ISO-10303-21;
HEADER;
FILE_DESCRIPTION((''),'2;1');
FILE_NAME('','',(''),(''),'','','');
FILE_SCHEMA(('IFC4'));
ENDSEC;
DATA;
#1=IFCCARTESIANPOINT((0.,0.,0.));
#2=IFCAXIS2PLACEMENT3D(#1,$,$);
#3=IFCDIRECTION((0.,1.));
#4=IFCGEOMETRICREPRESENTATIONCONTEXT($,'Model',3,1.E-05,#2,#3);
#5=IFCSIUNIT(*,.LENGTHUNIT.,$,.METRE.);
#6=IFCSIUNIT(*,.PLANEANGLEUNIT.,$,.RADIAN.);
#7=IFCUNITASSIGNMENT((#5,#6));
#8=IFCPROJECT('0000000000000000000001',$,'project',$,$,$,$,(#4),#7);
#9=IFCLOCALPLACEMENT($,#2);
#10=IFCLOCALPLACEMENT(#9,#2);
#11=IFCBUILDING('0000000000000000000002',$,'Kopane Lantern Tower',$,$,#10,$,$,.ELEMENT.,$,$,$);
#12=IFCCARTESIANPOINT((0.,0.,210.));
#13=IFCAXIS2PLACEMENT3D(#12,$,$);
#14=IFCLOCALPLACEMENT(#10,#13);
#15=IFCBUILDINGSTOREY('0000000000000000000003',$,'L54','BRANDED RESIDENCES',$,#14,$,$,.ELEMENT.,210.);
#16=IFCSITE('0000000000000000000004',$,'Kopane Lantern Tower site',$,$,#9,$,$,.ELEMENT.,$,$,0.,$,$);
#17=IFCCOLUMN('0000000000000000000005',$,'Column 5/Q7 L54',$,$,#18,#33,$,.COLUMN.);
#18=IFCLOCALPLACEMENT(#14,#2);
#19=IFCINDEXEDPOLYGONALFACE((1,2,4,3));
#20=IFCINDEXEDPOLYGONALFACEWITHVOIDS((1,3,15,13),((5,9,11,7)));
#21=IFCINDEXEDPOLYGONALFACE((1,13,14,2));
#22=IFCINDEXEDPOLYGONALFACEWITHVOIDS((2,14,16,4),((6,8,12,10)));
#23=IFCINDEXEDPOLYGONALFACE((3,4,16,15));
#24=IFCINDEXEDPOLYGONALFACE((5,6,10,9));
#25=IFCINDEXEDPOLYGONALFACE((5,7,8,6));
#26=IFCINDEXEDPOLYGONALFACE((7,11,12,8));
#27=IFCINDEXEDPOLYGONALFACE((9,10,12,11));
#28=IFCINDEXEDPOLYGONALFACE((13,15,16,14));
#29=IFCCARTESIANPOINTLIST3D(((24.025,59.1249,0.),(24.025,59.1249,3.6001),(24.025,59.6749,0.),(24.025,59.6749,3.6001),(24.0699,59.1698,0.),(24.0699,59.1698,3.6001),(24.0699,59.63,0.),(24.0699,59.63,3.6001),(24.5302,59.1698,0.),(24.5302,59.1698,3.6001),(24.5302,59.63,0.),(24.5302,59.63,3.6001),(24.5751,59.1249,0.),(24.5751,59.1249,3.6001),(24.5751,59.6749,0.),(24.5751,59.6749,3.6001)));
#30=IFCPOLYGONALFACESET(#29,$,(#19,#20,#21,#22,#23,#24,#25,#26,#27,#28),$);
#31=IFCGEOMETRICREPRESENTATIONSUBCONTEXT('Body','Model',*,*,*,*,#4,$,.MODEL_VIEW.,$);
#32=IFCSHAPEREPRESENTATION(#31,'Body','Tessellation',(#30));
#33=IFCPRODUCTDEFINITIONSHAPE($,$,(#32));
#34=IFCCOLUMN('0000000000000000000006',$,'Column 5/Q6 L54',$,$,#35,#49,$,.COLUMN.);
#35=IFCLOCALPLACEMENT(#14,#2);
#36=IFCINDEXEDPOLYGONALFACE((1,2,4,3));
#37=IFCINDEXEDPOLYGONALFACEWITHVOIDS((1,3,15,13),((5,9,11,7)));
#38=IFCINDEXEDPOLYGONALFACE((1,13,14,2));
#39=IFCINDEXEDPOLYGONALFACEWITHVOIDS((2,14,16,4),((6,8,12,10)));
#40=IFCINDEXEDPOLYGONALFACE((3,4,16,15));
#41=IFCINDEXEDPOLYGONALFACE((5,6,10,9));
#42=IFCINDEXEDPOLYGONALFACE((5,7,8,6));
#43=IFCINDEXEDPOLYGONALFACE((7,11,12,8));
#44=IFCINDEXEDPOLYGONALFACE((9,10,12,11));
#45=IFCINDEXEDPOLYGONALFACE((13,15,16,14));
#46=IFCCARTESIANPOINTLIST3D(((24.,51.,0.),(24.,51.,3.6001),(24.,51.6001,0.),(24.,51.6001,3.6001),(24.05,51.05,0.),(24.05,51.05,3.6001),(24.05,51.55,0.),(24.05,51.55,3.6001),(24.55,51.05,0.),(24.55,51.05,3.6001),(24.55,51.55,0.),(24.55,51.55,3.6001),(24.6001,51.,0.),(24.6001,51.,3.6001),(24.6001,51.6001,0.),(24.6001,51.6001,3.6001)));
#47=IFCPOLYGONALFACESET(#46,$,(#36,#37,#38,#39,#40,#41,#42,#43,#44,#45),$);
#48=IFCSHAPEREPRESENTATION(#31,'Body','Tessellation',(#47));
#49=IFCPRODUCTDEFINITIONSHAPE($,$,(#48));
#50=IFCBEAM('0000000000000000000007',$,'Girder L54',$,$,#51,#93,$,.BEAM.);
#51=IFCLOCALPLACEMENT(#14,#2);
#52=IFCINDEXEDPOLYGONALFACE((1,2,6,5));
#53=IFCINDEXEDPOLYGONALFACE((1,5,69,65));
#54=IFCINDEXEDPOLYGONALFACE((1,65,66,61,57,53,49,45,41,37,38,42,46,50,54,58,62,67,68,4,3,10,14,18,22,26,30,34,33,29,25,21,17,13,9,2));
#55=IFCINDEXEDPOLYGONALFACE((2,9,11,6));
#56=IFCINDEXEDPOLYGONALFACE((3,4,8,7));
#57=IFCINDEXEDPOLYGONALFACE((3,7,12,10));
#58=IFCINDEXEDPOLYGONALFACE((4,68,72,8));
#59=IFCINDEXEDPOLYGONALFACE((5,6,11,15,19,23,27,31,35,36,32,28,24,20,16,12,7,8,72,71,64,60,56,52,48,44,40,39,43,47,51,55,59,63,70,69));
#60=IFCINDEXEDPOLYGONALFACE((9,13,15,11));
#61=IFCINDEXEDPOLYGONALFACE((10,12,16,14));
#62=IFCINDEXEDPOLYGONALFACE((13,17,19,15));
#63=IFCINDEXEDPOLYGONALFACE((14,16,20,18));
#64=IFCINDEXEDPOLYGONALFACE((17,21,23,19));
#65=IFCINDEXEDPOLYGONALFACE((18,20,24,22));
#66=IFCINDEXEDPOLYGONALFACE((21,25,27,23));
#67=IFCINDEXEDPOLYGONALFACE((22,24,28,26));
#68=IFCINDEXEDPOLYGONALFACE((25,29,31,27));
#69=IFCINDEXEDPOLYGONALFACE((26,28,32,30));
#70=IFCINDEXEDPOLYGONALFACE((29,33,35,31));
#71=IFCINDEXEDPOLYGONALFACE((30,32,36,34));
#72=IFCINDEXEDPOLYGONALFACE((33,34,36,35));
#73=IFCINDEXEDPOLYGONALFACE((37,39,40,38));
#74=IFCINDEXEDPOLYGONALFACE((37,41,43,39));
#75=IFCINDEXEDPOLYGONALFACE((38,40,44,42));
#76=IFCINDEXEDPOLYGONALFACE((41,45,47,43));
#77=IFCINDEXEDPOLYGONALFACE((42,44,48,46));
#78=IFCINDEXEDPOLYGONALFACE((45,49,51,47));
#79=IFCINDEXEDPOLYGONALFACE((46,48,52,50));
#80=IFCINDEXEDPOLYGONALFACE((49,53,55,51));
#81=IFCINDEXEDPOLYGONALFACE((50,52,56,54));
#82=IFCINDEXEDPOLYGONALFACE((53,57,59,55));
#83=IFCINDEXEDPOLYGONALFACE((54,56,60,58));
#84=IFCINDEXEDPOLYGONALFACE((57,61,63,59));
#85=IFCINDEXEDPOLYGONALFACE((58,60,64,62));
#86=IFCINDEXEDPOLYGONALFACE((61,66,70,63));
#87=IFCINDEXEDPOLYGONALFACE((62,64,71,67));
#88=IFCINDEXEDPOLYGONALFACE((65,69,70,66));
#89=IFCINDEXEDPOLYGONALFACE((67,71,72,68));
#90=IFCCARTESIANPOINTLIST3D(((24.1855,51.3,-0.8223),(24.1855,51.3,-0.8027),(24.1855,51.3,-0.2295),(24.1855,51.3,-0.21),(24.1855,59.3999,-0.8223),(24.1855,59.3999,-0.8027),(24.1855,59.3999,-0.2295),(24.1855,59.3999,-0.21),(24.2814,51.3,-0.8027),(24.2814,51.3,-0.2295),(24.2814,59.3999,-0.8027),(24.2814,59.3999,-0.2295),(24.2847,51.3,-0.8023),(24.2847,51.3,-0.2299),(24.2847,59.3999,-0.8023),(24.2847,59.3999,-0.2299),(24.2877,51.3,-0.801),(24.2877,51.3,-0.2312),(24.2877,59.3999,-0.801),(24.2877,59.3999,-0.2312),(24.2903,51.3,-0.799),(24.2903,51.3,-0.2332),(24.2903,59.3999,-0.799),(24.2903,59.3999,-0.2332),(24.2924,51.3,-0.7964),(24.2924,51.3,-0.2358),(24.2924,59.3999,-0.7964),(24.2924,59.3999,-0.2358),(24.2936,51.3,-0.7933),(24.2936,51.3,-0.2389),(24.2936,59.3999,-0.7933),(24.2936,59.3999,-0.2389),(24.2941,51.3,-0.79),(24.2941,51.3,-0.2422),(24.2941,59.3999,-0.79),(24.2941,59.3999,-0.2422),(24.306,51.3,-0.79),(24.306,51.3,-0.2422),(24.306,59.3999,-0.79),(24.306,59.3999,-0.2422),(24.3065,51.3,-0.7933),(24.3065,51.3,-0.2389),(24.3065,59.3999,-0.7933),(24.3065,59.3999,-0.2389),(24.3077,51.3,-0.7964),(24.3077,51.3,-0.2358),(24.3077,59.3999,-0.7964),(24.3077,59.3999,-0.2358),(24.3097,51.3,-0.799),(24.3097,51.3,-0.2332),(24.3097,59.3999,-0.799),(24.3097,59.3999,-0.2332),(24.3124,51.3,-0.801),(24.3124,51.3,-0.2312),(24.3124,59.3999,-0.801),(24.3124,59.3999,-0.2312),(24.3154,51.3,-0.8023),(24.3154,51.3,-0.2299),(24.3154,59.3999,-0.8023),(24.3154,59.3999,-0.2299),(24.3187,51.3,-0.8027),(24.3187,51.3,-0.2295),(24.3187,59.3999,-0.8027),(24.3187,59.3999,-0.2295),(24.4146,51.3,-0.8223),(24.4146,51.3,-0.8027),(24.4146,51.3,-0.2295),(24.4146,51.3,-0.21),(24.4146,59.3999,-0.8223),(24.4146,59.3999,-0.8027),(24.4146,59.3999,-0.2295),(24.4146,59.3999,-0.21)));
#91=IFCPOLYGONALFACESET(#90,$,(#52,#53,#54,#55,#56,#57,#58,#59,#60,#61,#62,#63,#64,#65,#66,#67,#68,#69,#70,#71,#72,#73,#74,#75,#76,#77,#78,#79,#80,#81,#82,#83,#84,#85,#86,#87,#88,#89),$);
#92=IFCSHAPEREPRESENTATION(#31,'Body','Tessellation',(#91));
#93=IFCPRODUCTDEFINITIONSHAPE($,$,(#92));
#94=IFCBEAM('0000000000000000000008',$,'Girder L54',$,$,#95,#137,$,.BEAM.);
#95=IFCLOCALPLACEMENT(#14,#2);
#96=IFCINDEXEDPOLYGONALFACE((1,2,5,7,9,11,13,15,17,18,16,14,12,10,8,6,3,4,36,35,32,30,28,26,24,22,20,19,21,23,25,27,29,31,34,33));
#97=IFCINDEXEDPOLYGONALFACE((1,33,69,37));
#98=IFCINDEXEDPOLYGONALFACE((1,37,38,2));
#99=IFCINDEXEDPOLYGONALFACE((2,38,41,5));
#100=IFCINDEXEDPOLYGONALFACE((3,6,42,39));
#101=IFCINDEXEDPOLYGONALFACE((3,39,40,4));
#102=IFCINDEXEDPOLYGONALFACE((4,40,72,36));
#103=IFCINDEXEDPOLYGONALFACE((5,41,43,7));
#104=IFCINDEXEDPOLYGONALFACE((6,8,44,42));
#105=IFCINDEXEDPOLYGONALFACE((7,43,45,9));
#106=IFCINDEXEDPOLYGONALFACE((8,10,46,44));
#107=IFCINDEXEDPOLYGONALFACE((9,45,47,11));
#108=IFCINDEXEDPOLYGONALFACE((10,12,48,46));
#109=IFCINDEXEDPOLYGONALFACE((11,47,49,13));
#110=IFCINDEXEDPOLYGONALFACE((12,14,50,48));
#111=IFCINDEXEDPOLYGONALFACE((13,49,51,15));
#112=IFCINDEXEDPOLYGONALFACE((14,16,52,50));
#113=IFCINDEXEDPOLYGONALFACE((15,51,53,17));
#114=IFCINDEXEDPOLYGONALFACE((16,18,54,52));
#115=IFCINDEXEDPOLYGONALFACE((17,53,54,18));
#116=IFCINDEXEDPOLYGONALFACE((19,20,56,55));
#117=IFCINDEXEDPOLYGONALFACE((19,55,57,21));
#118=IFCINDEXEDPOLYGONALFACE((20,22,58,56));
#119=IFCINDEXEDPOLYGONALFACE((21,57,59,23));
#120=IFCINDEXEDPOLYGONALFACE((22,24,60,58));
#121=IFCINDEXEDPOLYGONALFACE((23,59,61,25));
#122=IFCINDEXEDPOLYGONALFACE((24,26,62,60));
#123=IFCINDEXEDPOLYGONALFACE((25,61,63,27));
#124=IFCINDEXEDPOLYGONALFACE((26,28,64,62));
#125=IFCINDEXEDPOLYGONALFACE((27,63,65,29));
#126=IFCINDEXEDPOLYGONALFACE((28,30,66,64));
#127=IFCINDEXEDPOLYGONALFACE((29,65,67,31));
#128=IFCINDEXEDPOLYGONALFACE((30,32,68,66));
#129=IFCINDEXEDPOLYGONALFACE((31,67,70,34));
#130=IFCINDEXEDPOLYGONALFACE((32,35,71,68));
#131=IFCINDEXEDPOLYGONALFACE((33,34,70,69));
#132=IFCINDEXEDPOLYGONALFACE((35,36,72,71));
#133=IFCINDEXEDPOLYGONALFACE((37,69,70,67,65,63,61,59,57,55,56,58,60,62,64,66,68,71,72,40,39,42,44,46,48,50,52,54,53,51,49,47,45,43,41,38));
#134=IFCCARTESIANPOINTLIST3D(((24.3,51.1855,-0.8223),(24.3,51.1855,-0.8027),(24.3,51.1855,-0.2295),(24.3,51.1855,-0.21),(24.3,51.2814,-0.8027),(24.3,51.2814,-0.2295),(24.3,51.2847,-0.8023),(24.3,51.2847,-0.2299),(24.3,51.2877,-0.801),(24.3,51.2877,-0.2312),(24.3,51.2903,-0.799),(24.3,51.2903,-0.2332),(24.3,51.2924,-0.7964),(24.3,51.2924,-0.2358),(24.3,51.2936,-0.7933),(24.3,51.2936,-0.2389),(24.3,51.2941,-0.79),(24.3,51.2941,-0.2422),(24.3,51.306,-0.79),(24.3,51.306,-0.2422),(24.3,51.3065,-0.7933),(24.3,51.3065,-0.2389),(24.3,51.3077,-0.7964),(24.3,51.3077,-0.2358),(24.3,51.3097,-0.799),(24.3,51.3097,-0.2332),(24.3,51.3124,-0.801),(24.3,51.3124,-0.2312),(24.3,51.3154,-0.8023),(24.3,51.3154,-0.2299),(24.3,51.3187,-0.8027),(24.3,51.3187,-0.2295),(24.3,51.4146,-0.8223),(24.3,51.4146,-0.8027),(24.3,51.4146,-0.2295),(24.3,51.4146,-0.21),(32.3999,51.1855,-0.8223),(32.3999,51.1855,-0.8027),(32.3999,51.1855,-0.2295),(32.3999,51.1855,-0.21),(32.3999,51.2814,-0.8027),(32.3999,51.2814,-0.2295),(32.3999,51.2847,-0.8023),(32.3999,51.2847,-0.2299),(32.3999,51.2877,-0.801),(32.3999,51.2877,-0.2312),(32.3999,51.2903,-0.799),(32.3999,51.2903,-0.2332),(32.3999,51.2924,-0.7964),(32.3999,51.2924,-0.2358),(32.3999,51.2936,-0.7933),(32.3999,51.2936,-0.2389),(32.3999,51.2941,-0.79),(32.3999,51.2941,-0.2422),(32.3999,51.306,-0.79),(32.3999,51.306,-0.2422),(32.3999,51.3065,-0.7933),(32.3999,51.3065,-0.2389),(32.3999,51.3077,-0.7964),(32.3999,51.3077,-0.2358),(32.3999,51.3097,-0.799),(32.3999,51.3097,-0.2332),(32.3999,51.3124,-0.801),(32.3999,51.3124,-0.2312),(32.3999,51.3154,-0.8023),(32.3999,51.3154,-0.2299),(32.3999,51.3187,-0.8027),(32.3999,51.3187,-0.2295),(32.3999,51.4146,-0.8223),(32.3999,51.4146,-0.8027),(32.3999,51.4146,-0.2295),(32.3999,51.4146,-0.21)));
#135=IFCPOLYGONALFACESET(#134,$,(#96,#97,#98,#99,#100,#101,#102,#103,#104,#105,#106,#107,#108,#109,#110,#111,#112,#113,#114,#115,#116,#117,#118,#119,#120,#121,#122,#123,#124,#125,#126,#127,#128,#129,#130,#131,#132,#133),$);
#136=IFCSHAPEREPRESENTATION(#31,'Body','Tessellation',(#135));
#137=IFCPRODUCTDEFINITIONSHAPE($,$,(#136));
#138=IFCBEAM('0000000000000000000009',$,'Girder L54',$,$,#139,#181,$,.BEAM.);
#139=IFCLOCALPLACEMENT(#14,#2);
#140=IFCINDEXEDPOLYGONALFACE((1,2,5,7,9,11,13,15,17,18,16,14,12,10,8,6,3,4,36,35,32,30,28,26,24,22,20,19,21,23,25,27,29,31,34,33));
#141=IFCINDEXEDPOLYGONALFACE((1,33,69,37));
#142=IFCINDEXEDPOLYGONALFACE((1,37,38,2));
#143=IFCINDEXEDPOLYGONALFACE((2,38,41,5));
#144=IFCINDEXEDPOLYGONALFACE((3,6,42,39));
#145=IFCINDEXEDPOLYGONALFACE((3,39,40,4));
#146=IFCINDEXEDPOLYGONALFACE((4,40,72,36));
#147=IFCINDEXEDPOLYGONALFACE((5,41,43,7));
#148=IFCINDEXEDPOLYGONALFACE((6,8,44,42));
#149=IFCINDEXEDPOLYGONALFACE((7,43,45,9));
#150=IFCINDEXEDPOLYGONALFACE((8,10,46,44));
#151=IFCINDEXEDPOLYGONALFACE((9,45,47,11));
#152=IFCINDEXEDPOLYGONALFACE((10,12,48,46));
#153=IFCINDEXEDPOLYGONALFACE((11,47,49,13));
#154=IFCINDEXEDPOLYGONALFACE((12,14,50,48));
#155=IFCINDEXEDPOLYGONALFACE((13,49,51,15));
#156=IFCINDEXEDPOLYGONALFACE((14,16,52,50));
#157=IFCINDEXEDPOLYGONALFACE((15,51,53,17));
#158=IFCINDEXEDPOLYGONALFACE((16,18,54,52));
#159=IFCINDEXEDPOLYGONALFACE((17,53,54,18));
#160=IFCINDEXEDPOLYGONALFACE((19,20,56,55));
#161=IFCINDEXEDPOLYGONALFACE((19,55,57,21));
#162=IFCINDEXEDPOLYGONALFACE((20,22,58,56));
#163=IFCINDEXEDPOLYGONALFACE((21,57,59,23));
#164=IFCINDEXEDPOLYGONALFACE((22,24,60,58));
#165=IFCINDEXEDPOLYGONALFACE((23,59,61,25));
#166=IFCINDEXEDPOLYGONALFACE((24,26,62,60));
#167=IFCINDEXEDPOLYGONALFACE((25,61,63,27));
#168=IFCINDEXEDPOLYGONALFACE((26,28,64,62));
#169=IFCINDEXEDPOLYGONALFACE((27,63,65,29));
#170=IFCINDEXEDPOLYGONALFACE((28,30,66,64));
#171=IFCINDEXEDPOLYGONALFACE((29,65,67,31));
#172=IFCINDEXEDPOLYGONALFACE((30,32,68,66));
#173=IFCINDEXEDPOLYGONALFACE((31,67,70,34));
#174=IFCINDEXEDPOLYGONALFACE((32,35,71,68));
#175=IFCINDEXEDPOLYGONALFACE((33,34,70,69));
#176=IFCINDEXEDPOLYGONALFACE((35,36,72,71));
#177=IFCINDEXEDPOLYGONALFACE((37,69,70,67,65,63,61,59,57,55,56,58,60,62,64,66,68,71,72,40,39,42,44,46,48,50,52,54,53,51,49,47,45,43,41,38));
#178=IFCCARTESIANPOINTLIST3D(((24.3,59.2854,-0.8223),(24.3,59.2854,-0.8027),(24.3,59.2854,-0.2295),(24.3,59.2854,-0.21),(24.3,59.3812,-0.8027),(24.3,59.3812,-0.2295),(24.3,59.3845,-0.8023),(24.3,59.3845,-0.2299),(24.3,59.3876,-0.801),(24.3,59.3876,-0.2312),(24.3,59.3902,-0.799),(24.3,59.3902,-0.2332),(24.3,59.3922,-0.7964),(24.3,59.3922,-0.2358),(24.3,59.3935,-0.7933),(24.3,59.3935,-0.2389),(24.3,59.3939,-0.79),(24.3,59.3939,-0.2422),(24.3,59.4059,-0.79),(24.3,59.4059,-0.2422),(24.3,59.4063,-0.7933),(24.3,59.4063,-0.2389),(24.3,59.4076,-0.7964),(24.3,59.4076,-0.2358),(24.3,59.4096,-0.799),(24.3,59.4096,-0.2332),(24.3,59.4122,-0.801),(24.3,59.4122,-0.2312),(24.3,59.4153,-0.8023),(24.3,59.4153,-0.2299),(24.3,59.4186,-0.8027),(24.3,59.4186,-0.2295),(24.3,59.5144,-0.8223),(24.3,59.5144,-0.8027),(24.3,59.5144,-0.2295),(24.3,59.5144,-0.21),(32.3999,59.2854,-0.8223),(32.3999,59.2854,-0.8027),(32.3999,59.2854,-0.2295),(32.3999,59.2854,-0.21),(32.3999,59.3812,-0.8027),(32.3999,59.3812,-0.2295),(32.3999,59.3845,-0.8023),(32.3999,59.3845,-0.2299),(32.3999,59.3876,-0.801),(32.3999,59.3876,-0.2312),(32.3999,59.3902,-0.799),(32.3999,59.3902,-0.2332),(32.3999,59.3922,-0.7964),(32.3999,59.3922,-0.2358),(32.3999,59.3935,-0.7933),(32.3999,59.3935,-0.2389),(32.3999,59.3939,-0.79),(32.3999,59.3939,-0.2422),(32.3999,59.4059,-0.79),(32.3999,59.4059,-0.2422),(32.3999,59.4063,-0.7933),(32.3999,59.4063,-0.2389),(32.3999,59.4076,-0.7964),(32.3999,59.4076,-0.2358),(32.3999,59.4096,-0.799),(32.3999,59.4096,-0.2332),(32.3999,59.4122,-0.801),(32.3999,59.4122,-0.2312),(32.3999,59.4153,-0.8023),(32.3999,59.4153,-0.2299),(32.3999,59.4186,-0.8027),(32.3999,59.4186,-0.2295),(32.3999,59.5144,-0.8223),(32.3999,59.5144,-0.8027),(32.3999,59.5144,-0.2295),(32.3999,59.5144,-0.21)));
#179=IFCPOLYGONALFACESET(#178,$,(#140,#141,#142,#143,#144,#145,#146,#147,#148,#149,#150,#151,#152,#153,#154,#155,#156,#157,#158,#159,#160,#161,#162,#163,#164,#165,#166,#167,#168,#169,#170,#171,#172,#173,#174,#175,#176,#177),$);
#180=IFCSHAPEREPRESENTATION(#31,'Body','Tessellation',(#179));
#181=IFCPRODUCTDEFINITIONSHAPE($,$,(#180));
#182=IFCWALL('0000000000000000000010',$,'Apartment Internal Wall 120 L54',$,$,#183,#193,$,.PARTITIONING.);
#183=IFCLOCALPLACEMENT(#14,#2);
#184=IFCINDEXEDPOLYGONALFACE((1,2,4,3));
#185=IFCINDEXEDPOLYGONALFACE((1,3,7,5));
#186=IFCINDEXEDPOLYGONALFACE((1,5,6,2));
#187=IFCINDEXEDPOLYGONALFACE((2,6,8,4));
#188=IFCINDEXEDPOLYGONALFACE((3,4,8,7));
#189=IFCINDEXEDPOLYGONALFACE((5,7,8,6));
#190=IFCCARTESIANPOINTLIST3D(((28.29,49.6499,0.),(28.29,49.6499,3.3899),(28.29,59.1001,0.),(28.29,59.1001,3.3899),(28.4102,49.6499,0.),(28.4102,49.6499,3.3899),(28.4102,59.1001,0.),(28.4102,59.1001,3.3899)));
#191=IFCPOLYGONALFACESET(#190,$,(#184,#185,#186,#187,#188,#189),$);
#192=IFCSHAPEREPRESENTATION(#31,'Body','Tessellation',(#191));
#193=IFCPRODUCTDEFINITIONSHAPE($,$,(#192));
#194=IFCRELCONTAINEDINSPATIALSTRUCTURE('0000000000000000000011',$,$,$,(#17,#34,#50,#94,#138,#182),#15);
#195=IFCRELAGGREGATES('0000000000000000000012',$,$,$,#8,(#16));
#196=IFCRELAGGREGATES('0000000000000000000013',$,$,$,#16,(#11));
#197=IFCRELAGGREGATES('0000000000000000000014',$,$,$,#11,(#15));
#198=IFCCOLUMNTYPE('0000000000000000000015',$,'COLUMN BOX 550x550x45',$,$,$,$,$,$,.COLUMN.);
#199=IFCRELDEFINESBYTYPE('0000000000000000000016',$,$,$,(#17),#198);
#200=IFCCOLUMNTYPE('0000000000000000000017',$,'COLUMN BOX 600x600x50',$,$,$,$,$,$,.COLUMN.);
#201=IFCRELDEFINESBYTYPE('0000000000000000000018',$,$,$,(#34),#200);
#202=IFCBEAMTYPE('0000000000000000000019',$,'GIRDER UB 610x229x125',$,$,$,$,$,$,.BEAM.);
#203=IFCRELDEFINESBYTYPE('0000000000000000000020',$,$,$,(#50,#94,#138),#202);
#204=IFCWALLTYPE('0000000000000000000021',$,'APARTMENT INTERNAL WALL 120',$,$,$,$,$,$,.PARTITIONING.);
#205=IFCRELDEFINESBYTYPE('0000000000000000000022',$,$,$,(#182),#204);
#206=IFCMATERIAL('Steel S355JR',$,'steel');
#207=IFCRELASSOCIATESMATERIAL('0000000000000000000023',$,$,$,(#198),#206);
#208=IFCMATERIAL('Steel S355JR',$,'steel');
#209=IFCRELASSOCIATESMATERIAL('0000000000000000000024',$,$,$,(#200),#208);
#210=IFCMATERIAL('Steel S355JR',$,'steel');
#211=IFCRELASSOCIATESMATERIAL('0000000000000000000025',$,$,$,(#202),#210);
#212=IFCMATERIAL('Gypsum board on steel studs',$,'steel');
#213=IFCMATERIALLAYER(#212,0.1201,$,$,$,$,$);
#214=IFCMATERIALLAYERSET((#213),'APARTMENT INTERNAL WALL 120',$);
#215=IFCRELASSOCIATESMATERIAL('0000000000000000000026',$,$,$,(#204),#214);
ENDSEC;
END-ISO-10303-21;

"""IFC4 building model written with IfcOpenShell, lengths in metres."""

from ifc_helpers import new_model, si_unit, direction, frame, frame_2d, origin, origin_2d, place, context, subcontext, project, spatial, rectangle, hollow_rectangle, i_section, extrude, material, layer, layer_set, material_profile, profile_set, type_object, element, save


model = new_model("IFC4")

# Units and contexts
model_context = context("Model", 3, precision=1e-05, world=origin(), true_north=direction((0.0, 1.0)))
body_context = subcontext(model_context, "Body", "Model", "MODEL_VIEW")
ifc_project = project(units=[si_unit("LENGTHUNIT", "METRE"), si_unit("PLANEANGLEUNIT", "RADIAN")], contexts=[model_context])

# Site, building, storey
site_placement = place(None, origin())
site = spatial("IfcSite", under=ifc_project, at=site_placement, Name="Kopane Lantern Tower site", CompositionType="ELEMENT", RefElevation=0.0)
building_placement = place(site_placement, origin())
building = spatial("IfcBuilding", under=site, at=building_placement, Name="Kopane Lantern Tower", CompositionType="ELEMENT")
storey_placement = place(building_placement, frame((0.0, 0.0, 210.0)))
storey = spatial("IfcBuildingStorey", under=building, at=storey_placement, Name="L54", Description="BRANDED RESIDENCES", CompositionType="ELEMENT", Elevation=210.0)

# Columns
ifc_material_1 = material(Name="Steel S355JR", Category="steel")
ifc_material_profile_1 = material_profile(ifc_material_1, hollow_rectangle(XDim=0.55, YDim=0.55, WallThickness=0.0449, at=origin_2d()), Name="BOX 550x550x45")
ifc_profile_set_1 = profile_set([ifc_material_profile_1], Name="Steel S355JR")
column_type_1 = type_object("IfcColumnType", Name="COLUMN BOX 550x550x45", PredefinedType="COLUMN", material=ifc_profile_set_1)
column_1_placement = place(storey_placement, frame((24.3, 59.3999, 0.0), z_axis=(0.0, 0.0, 1.0), x_axis=(1.0, 0.0, 0.0)))
element("IfcColumn", 1, at=column_1_placement, inside=storey, type_object=column_type_1, Name="Column 5/Q7 L54", PredefinedType="COLUMN", context=body_context, shape_type="SweptSolid", body=[
    extrude(hollow_rectangle(XDim=0.55, YDim=0.55, WallThickness=0.0449, at=origin_2d()), origin(), (0.0, 0.0, 1.0), 3.6001),
])
ifc_material_2 = material(Name="Steel S355JR", Category="steel")
ifc_material_profile_2 = material_profile(ifc_material_2, hollow_rectangle(XDim=0.6001, YDim=0.6001, WallThickness=0.05, at=origin_2d()), Name="BOX 600x600x50")
ifc_profile_set_2 = profile_set([ifc_material_profile_2], Name="Steel S355JR")
column_type_2 = type_object("IfcColumnType", Name="COLUMN BOX 600x600x50", PredefinedType="COLUMN", material=ifc_profile_set_2)
column_2_placement = place(storey_placement, frame((24.3, 51.3, 0.0), z_axis=(0.0, 0.0, 1.0), x_axis=(1.0, 0.0, 0.0)))
element("IfcColumn", 2, at=column_2_placement, inside=storey, type_object=column_type_2, Name="Column 5/Q6 L54", PredefinedType="COLUMN", context=body_context, shape_type="SweptSolid", body=[
    extrude(hollow_rectangle(XDim=0.6001, YDim=0.6001, WallThickness=0.05, at=origin_2d()), origin(), (0.0, 0.0, 1.0), 3.6001),
])

# Beams
ifc_material_3 = material(Name="Steel S355JR", Category="steel")
ifc_material_profile_3 = material_profile(ifc_material_3, i_section(OverallWidth=0.229, OverallDepth=0.6123, WebThickness=0.012, FlangeThickness=0.0195, FilletRadius=0.0127, at=origin_2d()), Name="UB 610x229x125")
ifc_profile_set_3 = profile_set([ifc_material_profile_3], Name="Steel S355JR")
beam_type = type_object("IfcBeamType", Name="GIRDER UB 610x229x125", PredefinedType="BEAM", material=ifc_profile_set_3)
for number, where, z_axis, x_axis, name in (
    (3, (24.3, 51.3, -0.5161), (0.0, 1.0, 0.0), (-1.0, 0.0, 0.0), "Girder L54"),
    (4, (24.3, 51.3, -0.5161), (1.0, 0.0, 0.0), (0.0, 1.0, 0.0), "Girder L54"),
    (5, (24.3, 59.3999, -0.5161), (1.0, 0.0, 0.0), (0.0, 1.0, 0.0), "Girder L54"),
):
    element("IfcBeam", number, at=place(storey_placement, frame(where, z_axis=z_axis, x_axis=x_axis)), inside=storey, type_object=beam_type, Name=name, PredefinedType="BEAM", context=body_context, shape_type="SweptSolid", body=[
        extrude(i_section(OverallWidth=0.229, OverallDepth=0.6123, WebThickness=0.012, FlangeThickness=0.0195, FilletRadius=0.0127, at=origin_2d()), origin(), (0.0, 0.0, 1.0), 8.0999),
    ])

# Wall
ifc_material_4 = material(Name="Gypsum board on steel studs", Category="steel")
ifc_layer_1 = layer(ifc_material_4, 0.1201)
ifc_layer_set_1 = layer_set([ifc_layer_1], Name="APARTMENT INTERNAL WALL 120")
wall_type_1 = type_object("IfcWallType", Name="APARTMENT INTERNAL WALL 120", PredefinedType="PARTITIONING", material=ifc_layer_set_1)
wall_1_placement = place(storey_placement, frame((28.3501, 49.6499, 0.0), z_axis=(0.0, 0.0, 1.0), x_axis=(0.0, 1.0, 0.0)))
element("IfcWall", 6, at=wall_1_placement, inside=storey, type_object=wall_type_1, Name="Apartment Internal Wall 120 L54", PredefinedType="PARTITIONING", context=body_context, shape_type="SweptSolid", body=[
    extrude(rectangle(XDim=9.4502, YDim=0.1201, at=frame_2d((4.7251, 0.0))), origin(), (0.0, 0.0, 1.0), 3.3899),
])

save(model, "model.ifc")
